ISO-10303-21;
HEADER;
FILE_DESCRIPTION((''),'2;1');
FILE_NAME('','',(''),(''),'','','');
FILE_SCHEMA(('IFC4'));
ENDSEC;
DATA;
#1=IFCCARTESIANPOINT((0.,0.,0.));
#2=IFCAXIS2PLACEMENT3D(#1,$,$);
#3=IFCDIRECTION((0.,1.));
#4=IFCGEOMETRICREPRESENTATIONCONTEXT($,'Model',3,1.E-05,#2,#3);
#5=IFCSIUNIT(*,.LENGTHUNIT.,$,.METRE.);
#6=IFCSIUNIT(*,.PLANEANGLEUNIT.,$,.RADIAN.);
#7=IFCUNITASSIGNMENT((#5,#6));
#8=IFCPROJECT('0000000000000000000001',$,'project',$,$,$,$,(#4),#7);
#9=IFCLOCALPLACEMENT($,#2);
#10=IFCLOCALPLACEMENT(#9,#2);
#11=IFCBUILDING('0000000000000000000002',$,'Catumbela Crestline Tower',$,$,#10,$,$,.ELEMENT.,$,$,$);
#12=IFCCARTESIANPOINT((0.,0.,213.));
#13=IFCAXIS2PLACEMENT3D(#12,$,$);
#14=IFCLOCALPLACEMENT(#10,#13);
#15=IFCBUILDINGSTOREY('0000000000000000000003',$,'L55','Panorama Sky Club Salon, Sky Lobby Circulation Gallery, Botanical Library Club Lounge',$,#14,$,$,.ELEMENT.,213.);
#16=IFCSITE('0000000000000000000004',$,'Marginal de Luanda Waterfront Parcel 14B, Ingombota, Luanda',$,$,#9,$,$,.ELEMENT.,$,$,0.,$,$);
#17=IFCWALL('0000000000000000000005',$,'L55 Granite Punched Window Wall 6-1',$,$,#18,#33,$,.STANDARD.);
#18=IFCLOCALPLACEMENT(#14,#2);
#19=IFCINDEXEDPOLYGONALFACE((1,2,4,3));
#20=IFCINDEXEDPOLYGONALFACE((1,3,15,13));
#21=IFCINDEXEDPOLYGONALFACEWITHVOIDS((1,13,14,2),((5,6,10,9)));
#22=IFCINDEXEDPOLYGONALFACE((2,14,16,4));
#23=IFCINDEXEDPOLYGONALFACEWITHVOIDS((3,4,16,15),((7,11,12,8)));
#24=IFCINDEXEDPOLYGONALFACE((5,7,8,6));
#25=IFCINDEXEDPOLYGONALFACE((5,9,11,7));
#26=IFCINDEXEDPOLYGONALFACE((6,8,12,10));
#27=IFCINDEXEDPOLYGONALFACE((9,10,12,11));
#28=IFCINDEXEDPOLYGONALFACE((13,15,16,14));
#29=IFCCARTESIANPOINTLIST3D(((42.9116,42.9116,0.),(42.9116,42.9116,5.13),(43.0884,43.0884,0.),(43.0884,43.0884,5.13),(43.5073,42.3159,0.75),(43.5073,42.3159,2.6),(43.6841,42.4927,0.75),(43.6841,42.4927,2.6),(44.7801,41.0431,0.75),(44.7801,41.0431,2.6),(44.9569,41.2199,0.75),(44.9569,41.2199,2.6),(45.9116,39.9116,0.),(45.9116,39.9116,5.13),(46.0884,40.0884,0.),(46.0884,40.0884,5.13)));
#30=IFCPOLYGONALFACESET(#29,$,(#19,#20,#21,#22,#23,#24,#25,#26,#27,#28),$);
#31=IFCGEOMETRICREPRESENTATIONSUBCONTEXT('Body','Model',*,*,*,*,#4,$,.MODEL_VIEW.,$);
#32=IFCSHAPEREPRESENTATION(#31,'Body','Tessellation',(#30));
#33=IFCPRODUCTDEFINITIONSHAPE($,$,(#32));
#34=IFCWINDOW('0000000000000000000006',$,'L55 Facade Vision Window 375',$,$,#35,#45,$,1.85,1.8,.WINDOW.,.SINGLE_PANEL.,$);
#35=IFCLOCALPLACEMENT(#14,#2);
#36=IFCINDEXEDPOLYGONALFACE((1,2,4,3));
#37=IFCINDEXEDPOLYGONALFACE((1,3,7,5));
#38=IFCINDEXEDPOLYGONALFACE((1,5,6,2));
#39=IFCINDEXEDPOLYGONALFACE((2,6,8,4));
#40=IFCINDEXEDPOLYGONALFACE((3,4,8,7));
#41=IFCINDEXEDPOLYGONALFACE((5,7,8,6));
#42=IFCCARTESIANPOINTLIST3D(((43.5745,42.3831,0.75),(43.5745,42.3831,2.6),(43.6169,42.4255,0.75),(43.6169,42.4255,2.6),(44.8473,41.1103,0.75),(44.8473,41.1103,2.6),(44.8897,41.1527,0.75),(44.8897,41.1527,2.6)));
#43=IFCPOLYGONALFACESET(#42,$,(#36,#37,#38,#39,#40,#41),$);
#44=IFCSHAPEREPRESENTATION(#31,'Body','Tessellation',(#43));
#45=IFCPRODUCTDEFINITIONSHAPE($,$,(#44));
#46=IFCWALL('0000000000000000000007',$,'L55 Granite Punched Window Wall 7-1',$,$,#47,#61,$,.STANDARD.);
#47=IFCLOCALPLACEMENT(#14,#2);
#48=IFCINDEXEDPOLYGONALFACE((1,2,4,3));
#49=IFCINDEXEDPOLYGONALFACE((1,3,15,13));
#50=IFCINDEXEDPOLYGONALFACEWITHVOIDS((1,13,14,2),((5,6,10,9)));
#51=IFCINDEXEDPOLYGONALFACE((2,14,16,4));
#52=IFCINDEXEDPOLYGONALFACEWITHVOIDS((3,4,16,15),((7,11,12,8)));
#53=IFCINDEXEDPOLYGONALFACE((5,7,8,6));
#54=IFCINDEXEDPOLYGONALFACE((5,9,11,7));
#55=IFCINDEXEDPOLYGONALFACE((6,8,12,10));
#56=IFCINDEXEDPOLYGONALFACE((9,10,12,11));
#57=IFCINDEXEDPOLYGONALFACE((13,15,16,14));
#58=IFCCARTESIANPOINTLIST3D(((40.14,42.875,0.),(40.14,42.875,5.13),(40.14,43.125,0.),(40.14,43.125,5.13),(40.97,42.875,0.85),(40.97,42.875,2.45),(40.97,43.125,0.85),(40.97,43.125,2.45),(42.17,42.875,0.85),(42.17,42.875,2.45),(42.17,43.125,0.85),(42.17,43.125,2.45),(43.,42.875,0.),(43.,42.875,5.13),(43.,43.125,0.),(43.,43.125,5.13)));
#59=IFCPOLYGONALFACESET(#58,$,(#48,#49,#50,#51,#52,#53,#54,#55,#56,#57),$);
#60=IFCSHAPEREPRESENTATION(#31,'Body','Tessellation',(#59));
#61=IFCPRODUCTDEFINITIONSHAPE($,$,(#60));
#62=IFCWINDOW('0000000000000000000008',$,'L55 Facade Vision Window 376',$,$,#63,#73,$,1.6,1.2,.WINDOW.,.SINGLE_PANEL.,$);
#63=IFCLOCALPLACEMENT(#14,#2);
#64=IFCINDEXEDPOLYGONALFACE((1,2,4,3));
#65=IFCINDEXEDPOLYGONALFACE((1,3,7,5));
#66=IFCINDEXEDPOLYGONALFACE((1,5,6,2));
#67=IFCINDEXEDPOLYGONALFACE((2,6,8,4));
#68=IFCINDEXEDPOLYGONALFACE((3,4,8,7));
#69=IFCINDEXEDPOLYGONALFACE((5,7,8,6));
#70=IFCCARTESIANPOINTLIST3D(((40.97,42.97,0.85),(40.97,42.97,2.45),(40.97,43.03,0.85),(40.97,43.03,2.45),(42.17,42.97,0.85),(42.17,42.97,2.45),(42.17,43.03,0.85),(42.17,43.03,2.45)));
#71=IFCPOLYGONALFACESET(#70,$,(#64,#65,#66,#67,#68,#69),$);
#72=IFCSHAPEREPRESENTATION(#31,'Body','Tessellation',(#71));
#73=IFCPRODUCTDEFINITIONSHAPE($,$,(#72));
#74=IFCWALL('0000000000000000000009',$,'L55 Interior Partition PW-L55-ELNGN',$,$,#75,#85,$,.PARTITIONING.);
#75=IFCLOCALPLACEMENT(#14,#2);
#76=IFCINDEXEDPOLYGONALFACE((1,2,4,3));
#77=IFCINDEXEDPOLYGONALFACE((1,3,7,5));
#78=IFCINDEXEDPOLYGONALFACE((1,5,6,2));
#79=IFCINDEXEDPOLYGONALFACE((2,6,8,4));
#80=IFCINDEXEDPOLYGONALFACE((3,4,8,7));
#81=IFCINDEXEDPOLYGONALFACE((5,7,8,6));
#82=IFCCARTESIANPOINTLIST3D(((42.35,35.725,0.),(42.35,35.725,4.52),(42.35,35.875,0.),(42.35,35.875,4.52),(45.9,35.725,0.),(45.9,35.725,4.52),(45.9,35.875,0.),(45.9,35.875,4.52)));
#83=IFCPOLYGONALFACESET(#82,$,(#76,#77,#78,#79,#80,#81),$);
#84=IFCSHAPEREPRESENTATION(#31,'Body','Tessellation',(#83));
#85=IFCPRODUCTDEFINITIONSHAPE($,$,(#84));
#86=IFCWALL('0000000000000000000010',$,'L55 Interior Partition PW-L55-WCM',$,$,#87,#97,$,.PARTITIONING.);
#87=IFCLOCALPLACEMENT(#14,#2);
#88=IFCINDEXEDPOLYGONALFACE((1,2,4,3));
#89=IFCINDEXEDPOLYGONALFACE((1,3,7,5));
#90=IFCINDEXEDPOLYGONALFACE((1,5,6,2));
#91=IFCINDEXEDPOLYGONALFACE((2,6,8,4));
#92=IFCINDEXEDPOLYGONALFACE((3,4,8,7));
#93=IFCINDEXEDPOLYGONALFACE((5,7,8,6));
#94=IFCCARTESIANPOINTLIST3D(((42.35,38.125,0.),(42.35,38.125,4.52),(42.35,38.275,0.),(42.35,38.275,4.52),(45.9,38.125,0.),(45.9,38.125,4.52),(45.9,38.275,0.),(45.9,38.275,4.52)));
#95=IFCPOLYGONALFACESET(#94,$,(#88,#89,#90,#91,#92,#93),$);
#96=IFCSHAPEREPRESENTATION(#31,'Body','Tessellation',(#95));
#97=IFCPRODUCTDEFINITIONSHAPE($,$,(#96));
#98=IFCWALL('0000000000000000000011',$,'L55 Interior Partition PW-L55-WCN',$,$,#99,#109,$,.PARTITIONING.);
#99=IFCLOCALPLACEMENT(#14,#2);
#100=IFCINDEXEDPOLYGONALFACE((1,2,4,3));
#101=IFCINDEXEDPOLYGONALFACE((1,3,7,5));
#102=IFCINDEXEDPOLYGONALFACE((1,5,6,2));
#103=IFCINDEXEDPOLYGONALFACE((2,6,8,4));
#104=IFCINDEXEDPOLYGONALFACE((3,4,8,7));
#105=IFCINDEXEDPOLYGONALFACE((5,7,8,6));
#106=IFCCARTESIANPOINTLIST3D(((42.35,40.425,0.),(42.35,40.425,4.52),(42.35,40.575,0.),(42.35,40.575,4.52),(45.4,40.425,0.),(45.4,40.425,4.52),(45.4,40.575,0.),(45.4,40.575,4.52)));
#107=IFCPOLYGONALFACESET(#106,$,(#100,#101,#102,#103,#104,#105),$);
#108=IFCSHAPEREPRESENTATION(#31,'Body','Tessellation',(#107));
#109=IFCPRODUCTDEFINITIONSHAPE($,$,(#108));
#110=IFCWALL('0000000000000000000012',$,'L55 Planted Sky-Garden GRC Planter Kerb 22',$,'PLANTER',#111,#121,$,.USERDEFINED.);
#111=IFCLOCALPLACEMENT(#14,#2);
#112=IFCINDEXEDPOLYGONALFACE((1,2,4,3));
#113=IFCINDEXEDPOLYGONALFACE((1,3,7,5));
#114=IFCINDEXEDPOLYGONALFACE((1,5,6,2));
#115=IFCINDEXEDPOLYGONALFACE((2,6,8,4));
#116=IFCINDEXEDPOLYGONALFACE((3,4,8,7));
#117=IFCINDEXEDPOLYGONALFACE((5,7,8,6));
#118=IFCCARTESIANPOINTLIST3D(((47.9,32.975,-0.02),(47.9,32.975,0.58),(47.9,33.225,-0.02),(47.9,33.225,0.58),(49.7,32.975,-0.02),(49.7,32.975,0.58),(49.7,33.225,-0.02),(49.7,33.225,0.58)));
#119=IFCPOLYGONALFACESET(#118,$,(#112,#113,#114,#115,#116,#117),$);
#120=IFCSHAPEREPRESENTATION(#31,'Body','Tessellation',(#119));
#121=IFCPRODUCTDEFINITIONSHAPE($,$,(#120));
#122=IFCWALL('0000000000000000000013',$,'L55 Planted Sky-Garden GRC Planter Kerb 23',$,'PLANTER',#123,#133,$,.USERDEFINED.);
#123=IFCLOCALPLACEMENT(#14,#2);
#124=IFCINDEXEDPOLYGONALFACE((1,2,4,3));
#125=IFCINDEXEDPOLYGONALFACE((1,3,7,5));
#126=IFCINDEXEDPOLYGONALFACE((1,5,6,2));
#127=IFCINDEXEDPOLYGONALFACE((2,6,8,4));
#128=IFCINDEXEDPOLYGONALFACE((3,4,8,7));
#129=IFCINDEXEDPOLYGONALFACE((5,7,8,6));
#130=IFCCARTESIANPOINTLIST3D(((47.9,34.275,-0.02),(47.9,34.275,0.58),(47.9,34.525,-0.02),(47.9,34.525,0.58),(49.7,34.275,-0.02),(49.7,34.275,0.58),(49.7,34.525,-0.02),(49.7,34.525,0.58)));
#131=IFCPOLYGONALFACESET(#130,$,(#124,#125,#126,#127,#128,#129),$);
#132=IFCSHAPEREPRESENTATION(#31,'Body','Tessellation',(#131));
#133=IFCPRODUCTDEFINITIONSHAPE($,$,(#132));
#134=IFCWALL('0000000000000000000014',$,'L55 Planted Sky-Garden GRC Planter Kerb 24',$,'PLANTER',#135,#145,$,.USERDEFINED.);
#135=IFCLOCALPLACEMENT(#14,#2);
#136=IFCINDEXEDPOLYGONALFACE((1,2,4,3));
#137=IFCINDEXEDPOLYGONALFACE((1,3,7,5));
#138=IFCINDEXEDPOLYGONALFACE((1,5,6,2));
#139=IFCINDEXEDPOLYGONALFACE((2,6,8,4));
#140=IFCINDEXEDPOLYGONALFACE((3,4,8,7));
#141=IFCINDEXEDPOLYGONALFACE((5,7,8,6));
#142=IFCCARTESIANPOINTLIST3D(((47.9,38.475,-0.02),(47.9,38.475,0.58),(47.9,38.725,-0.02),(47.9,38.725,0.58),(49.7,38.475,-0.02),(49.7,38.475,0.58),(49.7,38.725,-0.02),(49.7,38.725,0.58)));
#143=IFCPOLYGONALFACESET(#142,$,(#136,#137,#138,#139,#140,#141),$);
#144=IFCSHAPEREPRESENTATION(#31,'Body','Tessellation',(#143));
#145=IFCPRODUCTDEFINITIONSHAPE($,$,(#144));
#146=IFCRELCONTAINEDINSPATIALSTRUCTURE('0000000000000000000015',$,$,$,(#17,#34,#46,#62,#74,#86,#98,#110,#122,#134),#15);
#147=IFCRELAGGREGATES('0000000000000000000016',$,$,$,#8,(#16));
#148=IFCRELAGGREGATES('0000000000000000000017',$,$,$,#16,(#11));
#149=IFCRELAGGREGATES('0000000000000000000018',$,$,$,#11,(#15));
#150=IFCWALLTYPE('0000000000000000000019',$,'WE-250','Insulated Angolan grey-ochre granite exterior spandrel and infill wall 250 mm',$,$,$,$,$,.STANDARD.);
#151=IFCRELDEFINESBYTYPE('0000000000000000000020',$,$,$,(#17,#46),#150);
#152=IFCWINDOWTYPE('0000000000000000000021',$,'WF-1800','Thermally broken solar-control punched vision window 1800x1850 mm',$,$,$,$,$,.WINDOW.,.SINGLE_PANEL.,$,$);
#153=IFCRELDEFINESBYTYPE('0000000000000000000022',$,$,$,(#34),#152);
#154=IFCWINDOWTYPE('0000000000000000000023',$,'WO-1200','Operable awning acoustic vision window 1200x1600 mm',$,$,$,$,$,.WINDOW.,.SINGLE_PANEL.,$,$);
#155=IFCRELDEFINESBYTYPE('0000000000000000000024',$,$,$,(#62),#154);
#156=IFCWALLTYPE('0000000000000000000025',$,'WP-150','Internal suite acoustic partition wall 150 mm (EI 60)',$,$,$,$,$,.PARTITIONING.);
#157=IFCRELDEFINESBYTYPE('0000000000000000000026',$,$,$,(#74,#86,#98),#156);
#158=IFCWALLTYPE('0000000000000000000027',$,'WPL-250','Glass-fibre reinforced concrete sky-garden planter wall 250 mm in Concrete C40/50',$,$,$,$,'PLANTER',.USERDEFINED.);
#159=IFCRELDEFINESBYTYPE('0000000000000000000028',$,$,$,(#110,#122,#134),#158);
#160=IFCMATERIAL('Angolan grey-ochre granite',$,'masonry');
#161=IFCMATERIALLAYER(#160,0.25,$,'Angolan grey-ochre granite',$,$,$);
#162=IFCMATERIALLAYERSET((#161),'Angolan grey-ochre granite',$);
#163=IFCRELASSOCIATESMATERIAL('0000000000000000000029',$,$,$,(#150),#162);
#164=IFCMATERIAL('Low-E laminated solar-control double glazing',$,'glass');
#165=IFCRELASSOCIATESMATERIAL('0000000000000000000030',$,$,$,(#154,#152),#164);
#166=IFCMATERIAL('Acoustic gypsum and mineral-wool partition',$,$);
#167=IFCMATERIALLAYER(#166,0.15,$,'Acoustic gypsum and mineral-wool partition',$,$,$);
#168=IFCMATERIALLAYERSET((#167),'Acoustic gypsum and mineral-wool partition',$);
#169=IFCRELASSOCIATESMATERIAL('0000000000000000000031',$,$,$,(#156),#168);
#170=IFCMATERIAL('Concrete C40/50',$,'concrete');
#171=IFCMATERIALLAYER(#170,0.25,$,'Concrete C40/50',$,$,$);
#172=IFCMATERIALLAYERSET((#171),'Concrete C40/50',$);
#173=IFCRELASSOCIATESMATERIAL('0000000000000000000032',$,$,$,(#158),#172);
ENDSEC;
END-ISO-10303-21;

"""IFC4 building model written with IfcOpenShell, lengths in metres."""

from ifc_helpers import new_model, si_unit, direction, frame, frame_2d, origin, place, context, subcontext, project, spatial, rectangle, extrude, material, layer, layer_set, type_object, element, fill, save


model = new_model("IFC4")

# Units and contexts
model_context = context("Model", 3, precision=1e-05, world=origin(), true_north=direction((0.0, 1.0)))
body_context = subcontext(model_context, "Body", "Model", "MODEL_VIEW")
ifc_project = project(units=[si_unit("LENGTHUNIT", "METRE"), si_unit("PLANEANGLEUNIT", "RADIAN")], contexts=[model_context])

# Site, building, storey
site_placement = place(None, origin())
site = spatial("IfcSite", under=ifc_project, at=site_placement, Name="Marginal de Luanda Waterfront Parcel 14B, Ingombota, Luanda", CompositionType="ELEMENT", RefElevation=0.0)
building_placement = place(site_placement, origin())
building = spatial("IfcBuilding", under=site, at=building_placement, Name="Catumbela Crestline Tower", CompositionType="ELEMENT")
storey_placement = place(building_placement, frame((0.0, 0.0, 213.0)))
storey = spatial("IfcBuildingStorey", under=building, at=storey_placement, Name="L55", Description="Panorama Sky Club Salon, Sky Lobby Circulation Gallery, Botanical Library Club Lounge", CompositionType="ELEMENT", Elevation=213.0)

# Shared definitions
ifc_material_1 = material(Name="Acoustic gypsum and mineral-wool partition")

# Shared definitions
ifc_material_2 = material(Name="Angolan grey-ochre granite", Category="masonry")
ifc_layer_1 = layer(ifc_material_2, 0.25, Name="Angolan grey-ochre granite")
ifc_layer_set_1 = layer_set([ifc_layer_1], Name="Angolan grey-ochre granite")
wall_type_1 = type_object("IfcWallType", Name="WE-250", Description="Insulated Angolan grey-ochre granite exterior spandrel and infill wall 250 mm", PredefinedType="STANDARD", material=ifc_layer_set_1)

# Shared definitions
ifc_material_3 = material(Name="Low-E laminated solar-control double glazing", Category="glass")
window_type_1 = type_object("IfcWindowType", Name="WO-1200", Description="Operable awning acoustic vision window 1200x1600 mm", PartitioningType="SINGLE_PANEL", PredefinedType="WINDOW", material=ifc_material_3)

# Walls, openings, windows
wall_1_placement = place(storey_placement, frame((46.0, 40.0, 0.0), z_axis=(0.0, 0.0, 1.0), x_axis=(-0.707107, 0.707107, 0.0)))
wall_1 = element("IfcWall", 1, at=wall_1_placement, inside=storey, type_object=wall_type_1, Name="L55 Granite Punched Window Wall 6-1", PredefinedType="STANDARD", context=body_context, shape_type="SweptSolid", body=[
    extrude(rectangle(XDim=4.2426, YDim=0.25, at=frame_2d((2.1213, 0.0))), origin(), (0.0, 0.0, 1.0), 5.13),
])
opening_1_placement = place(wall_1_placement, frame((1.6002, 0.0, 0.75)))
opening_1 = element("IfcOpeningElement", 2, at=opening_1_placement, cuts=wall_1, PredefinedType="OPENING", context=body_context, shape_type="SweptSolid", body=[
    extrude(rectangle(XDim=1.8, YDim=1.85, at=frame_2d((0.9, 0.925))), frame((0.0, 0.135, 0.0), z_axis=(0.0, -1.0, 0.0), x_axis=(1.0, 0.0, 0.0)), (0.0, 0.0, 1.0), 0.27),
])
window_type_2 = type_object("IfcWindowType", Name="WF-1800", Description="Thermally broken solar-control punched vision window 1800x1850 mm", PartitioningType="SINGLE_PANEL", PredefinedType="WINDOW", material=ifc_material_3)
window_1_placement = place(opening_1_placement, origin())
window_1 = element("IfcWindow", 3, at=window_1_placement, inside=storey, type_object=window_type_2, Name="L55 Facade Vision Window 375", OverallHeight=1.85, OverallWidth=1.8, PartitioningType="SINGLE_PANEL", PredefinedType="WINDOW", context=body_context, shape_type="SweptSolid", body=[
    extrude(rectangle(XDim=1.8, YDim=1.85, at=frame_2d((0.9, 0.925))), frame((0.0, 0.03, 0.0), z_axis=(0.0, -1.0, 0.0), x_axis=(1.0, 0.0, 0.0)), (0.0, 0.0, 1.0), 0.06),
])
fill(opening_1, window_1)
wall_2_placement = place(storey_placement, frame((43.0, 43.0, 0.0), z_axis=(0.0, 0.0, 1.0), x_axis=(-1.0, 0.0, 0.0)))
wall_2 = element("IfcWall", 4, at=wall_2_placement, inside=storey, type_object=wall_type_1, Name="L55 Granite Punched Window Wall 7-1", PredefinedType="STANDARD", context=body_context, shape_type="SweptSolid", body=[
    extrude(rectangle(XDim=2.86, YDim=0.25, at=frame_2d((1.43, 0.0))), origin(), (0.0, 0.0, 1.0), 5.13),
])
opening_2_placement = place(wall_2_placement, frame((0.83, 0.0, 0.85)))
opening_2 = element("IfcOpeningElement", 5, at=opening_2_placement, cuts=wall_2, PredefinedType="OPENING", context=body_context, shape_type="SweptSolid", body=[
    extrude(rectangle(XDim=1.2, YDim=1.6, at=frame_2d((0.6, 0.8))), frame((0.0, 0.135, 0.0), z_axis=(0.0, -1.0, 0.0), x_axis=(1.0, 0.0, 0.0)), (0.0, 0.0, 1.0), 0.27),
])
window_2_placement = place(opening_2_placement, origin())
window_2 = element("IfcWindow", 6, at=window_2_placement, inside=storey, type_object=window_type_1, Name="L55 Facade Vision Window 376", OverallHeight=1.6, OverallWidth=1.2, PartitioningType="SINGLE_PANEL", PredefinedType="WINDOW", context=body_context, shape_type="SweptSolid", body=[
    extrude(rectangle(XDim=1.2, YDim=1.6, at=frame_2d((0.6, 0.8))), frame((0.0, 0.03, 0.0), z_axis=(0.0, -1.0, 0.0), x_axis=(1.0, 0.0, 0.0)), (0.0, 0.0, 1.0), 0.06),
])
fill(opening_2, window_2)

# Walls
ifc_layer_2 = layer(ifc_material_1, 0.15, Name="Acoustic gypsum and mineral-wool partition")
ifc_layer_set_2 = layer_set([ifc_layer_2], Name="Acoustic gypsum and mineral-wool partition")
wall_type_2 = type_object("IfcWallType", Name="WP-150", Description="Internal suite acoustic partition wall 150 mm (EI 60)", PredefinedType="PARTITIONING", material=ifc_layer_set_2)
for number, where, z_axis, x_axis, name in (
    (7, (42.35, 35.8, 0.0), (0.0, 0.0, 1.0), (1.0, 0.0, 0.0), "L55 Interior Partition PW-L55-ELNGN"),
    (8, (42.35, 38.2, 0.0), (0.0, 0.0, 1.0), (1.0, 0.0, 0.0), "L55 Interior Partition PW-L55-WCM"),
):
    element("IfcWall", number, at=place(storey_placement, frame(where, z_axis=z_axis, x_axis=x_axis)), inside=storey, type_object=wall_type_2, Name=name, PredefinedType="PARTITIONING", context=body_context, shape_type="SweptSolid", body=[
        extrude(rectangle(XDim=3.55, YDim=0.15, at=frame_2d((1.775, 0.0))), origin(), (0.0, 0.0, 1.0), 4.52),
    ])
wall_3_placement = place(storey_placement, frame((42.35, 40.5, 0.0), z_axis=(0.0, 0.0, 1.0), x_axis=(1.0, 0.0, 0.0)))
element("IfcWall", 9, at=wall_3_placement, inside=storey, type_object=wall_type_2, Name="L55 Interior Partition PW-L55-WCN", PredefinedType="PARTITIONING", context=body_context, shape_type="SweptSolid", body=[
    extrude(rectangle(XDim=3.05, YDim=0.15, at=frame_2d((1.525, 0.0))), origin(), (0.0, 0.0, 1.0), 4.52),
])
ifc_material_4 = material(Name="Concrete C40/50", Category="concrete")
ifc_layer_3 = layer(ifc_material_4, 0.25, Name="Concrete C40/50")
ifc_layer_set_3 = layer_set([ifc_layer_3], Name="Concrete C40/50")
wall_type_3 = type_object("IfcWallType", Name="WPL-250", Description="Glass-fibre reinforced concrete sky-garden planter wall 250 mm in Concrete C40/50", ElementType="PLANTER", PredefinedType="USERDEFINED", material=ifc_layer_set_3)
for number, where, z_axis, x_axis, name in (
    (10, (47.9, 33.1, -0.02), (0.0, 0.0, 1.0), (1.0, 0.0, 0.0), "L55 Planted Sky-Garden GRC Planter Kerb 22"),
    (11, (47.9, 34.4, -0.02), (0.0, 0.0, 1.0), (1.0, 0.0, 0.0), "L55 Planted Sky-Garden GRC Planter Kerb 23"),
    (12, (47.9, 38.6, -0.02), (0.0, 0.0, 1.0), (1.0, 0.0, 0.0), "L55 Planted Sky-Garden GRC Planter Kerb 24"),
):
    element("IfcWall", number, at=place(storey_placement, frame(where, z_axis=z_axis, x_axis=x_axis)), inside=storey, type_object=wall_type_3, Name=name, ObjectType="PLANTER", PredefinedType="USERDEFINED", context=body_context, shape_type="SweptSolid", body=[
        extrude(rectangle(XDim=1.8, YDim=0.25, at=frame_2d((0.9, 0.0))), origin(), (0.0, 0.0, 1.0), 0.6),
    ])

save(model, "model.ifc")
